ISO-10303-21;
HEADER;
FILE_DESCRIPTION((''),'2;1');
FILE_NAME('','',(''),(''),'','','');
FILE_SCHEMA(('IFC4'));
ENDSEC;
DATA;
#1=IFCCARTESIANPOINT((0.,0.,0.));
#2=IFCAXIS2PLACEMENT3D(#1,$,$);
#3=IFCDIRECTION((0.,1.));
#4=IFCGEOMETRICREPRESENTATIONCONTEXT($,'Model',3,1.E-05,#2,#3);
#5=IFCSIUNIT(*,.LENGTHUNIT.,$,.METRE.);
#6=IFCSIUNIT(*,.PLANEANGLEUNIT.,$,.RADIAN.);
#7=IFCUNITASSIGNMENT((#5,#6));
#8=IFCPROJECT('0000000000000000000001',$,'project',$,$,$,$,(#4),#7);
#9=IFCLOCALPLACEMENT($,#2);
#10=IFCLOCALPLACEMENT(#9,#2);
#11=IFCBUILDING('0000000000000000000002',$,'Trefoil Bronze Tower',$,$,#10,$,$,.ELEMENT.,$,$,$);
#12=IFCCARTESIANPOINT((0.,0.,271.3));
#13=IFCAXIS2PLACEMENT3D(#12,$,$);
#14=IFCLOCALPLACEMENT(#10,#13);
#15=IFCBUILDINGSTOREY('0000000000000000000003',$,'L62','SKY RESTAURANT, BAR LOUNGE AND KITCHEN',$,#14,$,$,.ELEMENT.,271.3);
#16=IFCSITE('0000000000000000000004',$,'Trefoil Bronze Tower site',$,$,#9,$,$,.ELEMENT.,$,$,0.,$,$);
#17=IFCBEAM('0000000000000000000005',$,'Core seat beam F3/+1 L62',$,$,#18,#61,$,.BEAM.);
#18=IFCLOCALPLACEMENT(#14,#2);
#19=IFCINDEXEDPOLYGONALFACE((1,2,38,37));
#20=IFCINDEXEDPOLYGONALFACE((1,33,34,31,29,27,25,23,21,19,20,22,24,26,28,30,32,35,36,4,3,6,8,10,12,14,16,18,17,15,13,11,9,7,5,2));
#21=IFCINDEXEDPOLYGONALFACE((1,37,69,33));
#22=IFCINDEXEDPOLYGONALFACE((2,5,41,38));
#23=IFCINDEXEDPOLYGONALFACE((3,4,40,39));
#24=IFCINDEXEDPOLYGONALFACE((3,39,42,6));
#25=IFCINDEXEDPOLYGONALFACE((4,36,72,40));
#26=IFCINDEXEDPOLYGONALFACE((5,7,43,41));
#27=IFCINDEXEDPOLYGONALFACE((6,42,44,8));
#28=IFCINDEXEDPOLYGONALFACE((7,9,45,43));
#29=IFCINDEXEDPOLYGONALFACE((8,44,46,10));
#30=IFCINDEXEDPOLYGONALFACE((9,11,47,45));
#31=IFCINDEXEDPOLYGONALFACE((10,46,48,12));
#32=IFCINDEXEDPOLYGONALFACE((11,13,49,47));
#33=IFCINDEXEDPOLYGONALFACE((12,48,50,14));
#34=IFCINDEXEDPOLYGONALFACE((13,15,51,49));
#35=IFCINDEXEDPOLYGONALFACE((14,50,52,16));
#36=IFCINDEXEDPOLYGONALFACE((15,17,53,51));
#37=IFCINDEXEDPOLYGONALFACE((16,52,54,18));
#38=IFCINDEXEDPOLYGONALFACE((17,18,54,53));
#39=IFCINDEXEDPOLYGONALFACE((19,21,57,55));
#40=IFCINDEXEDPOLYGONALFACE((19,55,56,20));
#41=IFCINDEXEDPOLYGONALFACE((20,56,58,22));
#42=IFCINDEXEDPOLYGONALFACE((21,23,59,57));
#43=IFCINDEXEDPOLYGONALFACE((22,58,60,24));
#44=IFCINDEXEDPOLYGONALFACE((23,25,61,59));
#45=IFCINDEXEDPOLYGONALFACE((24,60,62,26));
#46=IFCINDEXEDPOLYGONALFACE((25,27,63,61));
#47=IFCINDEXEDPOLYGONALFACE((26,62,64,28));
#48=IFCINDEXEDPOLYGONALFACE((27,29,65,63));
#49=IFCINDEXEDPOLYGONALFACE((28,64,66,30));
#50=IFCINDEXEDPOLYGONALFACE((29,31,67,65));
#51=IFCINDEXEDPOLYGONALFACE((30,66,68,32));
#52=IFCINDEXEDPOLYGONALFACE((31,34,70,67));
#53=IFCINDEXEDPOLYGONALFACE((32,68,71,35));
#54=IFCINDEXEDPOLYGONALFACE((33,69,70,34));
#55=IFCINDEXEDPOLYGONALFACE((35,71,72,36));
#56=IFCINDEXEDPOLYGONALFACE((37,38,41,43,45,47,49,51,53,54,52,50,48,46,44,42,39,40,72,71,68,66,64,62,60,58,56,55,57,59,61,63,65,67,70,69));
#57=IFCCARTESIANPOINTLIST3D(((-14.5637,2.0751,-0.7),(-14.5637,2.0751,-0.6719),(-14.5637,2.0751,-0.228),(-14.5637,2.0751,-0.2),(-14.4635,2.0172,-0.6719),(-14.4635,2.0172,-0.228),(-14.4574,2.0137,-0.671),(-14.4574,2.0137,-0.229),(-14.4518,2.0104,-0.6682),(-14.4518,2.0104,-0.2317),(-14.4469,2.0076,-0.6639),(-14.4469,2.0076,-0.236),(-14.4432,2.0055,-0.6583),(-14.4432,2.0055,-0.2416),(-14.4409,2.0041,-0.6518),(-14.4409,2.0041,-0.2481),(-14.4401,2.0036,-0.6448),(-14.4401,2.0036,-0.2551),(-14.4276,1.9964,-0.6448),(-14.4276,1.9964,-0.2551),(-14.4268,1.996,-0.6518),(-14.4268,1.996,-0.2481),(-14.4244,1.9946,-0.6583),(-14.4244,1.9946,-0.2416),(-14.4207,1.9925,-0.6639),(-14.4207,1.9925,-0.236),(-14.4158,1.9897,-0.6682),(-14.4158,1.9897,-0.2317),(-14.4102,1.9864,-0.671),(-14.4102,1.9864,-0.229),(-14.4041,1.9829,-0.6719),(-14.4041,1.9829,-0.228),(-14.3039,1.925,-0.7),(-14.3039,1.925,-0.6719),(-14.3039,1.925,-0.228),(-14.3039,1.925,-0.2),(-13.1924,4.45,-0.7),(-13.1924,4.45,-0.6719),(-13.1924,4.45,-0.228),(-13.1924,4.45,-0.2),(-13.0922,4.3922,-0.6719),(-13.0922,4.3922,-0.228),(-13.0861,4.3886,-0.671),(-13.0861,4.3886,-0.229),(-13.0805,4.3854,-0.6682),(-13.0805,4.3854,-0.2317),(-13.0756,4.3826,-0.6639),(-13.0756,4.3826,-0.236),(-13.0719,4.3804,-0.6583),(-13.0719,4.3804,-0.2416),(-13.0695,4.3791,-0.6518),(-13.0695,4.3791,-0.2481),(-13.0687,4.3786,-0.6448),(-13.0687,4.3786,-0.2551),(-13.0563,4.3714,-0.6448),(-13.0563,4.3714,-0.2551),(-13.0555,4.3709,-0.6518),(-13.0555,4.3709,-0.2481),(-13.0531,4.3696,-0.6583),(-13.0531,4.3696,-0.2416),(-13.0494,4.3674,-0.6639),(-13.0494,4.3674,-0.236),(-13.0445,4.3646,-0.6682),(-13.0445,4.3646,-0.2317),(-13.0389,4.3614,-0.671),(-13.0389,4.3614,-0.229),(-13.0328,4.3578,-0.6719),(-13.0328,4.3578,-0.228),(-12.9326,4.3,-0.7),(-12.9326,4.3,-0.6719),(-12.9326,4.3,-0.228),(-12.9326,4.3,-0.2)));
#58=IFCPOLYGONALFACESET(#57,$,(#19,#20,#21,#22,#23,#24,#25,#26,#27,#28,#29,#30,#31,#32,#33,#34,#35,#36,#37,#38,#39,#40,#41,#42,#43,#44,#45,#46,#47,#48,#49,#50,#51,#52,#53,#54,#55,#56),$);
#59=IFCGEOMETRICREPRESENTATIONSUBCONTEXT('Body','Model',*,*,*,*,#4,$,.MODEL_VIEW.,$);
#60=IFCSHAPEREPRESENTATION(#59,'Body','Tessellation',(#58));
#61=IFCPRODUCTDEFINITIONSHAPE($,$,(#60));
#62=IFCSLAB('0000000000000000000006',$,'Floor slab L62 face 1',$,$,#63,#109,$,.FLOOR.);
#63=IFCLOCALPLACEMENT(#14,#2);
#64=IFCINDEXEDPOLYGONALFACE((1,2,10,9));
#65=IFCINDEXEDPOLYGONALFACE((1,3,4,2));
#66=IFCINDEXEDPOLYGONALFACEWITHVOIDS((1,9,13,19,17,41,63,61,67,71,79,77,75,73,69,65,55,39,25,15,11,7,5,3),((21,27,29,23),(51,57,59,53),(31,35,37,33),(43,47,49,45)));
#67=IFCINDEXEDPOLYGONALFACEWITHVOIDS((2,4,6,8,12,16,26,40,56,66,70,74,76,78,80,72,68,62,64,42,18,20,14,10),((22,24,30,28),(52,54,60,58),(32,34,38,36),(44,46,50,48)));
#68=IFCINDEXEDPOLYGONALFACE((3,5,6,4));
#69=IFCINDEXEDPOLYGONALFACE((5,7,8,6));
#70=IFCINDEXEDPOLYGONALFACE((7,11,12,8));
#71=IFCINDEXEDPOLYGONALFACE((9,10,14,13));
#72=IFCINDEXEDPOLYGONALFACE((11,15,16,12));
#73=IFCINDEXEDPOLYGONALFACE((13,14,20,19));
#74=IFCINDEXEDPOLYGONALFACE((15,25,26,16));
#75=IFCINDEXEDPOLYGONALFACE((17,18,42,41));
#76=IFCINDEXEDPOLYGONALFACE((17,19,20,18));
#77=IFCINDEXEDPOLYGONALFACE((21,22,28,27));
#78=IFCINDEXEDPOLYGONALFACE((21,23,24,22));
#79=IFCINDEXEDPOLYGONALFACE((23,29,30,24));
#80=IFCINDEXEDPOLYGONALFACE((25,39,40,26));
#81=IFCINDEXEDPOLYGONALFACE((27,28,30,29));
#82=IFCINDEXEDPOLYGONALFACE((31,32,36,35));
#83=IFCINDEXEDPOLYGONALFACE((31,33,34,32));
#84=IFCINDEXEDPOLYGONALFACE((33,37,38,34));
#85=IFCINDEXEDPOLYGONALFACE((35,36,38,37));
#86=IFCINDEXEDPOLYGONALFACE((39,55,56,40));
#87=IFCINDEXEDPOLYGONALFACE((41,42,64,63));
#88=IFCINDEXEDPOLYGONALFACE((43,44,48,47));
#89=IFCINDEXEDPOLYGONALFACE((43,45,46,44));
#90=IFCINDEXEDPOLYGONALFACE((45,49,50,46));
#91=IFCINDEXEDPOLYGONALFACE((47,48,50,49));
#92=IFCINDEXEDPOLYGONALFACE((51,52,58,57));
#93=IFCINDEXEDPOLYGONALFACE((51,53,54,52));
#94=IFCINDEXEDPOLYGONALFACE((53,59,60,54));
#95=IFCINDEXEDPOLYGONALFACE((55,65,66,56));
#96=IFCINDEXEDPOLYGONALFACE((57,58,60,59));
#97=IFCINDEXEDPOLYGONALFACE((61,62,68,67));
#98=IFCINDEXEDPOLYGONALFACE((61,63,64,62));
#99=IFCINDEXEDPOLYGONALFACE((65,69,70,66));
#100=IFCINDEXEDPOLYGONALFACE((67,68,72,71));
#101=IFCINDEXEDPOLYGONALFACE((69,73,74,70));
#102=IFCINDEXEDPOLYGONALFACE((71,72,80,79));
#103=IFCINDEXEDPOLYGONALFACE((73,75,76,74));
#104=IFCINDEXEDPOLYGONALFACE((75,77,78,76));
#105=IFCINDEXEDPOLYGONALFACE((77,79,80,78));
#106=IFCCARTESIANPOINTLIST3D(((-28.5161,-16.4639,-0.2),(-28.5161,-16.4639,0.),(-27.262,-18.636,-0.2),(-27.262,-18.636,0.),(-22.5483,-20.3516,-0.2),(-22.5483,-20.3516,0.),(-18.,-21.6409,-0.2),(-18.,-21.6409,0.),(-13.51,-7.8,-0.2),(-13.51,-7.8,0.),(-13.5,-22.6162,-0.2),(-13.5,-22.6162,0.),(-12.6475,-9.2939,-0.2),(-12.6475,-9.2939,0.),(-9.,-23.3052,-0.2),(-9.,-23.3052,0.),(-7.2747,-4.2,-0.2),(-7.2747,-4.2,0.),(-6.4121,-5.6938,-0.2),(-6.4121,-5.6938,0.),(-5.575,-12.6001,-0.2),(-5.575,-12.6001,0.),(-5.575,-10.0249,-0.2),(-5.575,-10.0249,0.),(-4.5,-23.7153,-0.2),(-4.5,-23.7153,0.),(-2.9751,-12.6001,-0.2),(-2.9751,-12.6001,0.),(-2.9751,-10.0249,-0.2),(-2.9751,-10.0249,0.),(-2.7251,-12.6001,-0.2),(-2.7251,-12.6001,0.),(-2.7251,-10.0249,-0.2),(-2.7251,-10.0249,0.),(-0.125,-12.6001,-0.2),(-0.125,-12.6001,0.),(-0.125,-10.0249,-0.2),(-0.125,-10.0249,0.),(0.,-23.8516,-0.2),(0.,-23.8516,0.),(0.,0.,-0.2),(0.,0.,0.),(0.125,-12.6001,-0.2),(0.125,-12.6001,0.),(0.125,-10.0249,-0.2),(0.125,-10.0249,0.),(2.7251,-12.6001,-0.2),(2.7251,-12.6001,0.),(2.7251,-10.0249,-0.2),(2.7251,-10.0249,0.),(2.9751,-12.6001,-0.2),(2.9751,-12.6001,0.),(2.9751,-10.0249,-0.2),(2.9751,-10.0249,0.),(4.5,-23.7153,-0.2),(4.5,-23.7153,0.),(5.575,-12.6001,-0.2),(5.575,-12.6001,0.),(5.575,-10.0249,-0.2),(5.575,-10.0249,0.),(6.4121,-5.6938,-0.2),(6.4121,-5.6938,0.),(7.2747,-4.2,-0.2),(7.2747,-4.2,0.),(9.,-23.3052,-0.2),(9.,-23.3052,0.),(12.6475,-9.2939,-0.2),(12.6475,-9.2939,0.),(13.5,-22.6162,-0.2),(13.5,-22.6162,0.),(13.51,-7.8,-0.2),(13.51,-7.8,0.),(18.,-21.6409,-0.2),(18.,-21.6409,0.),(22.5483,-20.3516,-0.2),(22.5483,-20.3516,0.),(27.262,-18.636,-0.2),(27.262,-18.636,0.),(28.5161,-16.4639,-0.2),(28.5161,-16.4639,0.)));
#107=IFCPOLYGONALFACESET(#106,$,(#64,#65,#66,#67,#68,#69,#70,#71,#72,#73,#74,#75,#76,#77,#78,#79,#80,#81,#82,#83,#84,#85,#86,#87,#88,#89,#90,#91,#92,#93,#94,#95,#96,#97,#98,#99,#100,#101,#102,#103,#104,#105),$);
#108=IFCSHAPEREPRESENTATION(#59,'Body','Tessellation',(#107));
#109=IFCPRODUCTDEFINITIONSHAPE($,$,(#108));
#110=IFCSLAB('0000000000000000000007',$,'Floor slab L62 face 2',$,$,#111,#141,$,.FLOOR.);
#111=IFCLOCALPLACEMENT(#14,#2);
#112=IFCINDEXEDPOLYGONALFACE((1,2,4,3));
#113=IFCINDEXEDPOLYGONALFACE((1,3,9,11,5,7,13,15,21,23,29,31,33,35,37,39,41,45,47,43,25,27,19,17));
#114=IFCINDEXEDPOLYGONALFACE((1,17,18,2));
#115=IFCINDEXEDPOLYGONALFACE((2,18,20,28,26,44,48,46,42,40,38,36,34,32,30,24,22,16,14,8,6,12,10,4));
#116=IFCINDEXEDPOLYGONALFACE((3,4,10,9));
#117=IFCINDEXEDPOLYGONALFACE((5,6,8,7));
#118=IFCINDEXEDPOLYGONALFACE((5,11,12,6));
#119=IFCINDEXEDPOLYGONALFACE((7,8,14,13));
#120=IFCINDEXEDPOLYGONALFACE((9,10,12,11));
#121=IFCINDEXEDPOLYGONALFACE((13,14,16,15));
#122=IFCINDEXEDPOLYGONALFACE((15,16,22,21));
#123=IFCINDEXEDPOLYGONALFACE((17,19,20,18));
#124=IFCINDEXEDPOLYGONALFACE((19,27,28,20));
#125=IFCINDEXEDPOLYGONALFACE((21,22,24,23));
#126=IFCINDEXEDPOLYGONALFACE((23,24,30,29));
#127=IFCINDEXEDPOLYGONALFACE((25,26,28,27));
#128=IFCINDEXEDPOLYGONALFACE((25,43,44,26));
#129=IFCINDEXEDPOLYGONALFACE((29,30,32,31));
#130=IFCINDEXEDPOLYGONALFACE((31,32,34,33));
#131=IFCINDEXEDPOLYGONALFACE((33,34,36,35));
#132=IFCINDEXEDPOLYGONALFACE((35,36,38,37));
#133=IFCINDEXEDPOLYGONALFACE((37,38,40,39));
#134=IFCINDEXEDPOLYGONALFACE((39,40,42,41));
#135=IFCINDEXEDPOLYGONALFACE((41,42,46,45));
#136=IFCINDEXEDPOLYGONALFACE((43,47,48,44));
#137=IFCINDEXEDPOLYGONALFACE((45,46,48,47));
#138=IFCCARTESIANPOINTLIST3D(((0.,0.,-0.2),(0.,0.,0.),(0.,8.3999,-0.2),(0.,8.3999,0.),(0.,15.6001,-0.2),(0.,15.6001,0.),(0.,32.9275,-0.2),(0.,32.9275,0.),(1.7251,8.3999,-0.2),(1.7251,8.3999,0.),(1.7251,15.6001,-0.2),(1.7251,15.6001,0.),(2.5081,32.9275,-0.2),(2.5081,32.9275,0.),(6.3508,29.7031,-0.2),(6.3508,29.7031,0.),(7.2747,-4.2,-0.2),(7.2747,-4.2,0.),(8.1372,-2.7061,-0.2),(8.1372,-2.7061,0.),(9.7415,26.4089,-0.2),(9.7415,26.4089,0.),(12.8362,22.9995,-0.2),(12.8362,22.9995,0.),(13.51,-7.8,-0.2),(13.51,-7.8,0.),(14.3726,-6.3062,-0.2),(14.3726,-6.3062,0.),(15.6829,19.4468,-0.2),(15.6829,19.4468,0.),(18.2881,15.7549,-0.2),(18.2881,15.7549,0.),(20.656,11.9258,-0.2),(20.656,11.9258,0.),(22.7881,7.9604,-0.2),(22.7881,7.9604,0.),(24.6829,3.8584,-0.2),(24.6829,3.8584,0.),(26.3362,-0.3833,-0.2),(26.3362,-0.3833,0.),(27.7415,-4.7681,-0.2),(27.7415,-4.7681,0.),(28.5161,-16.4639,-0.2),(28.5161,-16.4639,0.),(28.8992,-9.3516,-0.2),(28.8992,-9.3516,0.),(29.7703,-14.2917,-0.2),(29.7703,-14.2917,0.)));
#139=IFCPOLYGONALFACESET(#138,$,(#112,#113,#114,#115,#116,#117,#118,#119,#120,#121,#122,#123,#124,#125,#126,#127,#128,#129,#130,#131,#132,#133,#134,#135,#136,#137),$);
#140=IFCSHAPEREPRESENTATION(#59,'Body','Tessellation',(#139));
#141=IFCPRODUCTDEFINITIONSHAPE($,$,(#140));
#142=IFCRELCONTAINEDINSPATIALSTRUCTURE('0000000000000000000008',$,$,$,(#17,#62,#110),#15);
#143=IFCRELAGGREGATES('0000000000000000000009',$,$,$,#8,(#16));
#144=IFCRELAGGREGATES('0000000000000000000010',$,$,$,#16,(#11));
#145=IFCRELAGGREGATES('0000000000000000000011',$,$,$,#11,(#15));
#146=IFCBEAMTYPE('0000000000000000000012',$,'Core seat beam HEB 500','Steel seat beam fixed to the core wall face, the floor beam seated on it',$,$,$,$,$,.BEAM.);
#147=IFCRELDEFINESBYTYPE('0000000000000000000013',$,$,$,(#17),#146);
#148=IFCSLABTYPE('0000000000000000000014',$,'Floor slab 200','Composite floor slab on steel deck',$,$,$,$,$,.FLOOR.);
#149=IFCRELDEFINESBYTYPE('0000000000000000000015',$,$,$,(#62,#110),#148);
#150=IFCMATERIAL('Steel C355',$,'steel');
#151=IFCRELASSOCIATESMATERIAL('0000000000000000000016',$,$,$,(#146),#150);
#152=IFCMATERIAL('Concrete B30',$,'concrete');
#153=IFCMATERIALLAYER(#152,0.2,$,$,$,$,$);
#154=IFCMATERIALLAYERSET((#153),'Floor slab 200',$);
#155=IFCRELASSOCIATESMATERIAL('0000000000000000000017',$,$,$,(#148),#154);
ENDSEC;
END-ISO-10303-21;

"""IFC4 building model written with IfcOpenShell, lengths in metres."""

from ifc_helpers import new_model, si_unit, direction, frame, origin, origin_2d, place, context, subcontext, project, spatial, polyline, i_section, outline, extrude, material, layer, layer_set, material_profile, profile_set, type_object, element, save


model = new_model("IFC4")

# Units and contexts
model_context = context("Model", 3, precision=1e-05, world=origin(), true_north=direction((0.0, 1.0)))
body_context = subcontext(model_context, "Body", "Model", "MODEL_VIEW")
ifc_project = project(units=[si_unit("LENGTHUNIT", "METRE"), si_unit("PLANEANGLEUNIT", "RADIAN")], contexts=[model_context])

# Site, building, storey
site_placement = place(None, origin())
site = spatial("IfcSite", under=ifc_project, at=site_placement, Name="Trefoil Bronze Tower site", CompositionType="ELEMENT", RefElevation=0.0)
building_placement = place(site_placement, origin())
building = spatial("IfcBuilding", under=site, at=building_placement, Name="Trefoil Bronze Tower", CompositionType="ELEMENT")
storey_placement = place(building_placement, frame((0.0, 0.0, 271.3)))
storey = spatial("IfcBuildingStorey", under=building, at=storey_placement, Name="L62", Description="SKY RESTAURANT, BAR LOUNGE AND KITCHEN", CompositionType="ELEMENT", Elevation=271.3)

# Beam
ifc_material_1 = material(Name="Steel C355", Category="steel")
ifc_material_profile = material_profile(ifc_material_1, i_section(OverallWidth=0.3, OverallDepth=0.5, WebThickness=0.0144, FlangeThickness=0.0281, FilletRadius=0.0271, at=origin_2d()), Name="HEB 500")
ifc_profile_set = profile_set([ifc_material_profile], Name="Steel C355")
beam_type = type_object("IfcBeamType", Name="Core seat beam HEB 500", Description="Steel seat beam fixed to the core wall face, the floor beam seated on it", PredefinedType="BEAM", material=ifc_profile_set)
beam_placement = place(storey_placement, frame((-13.0625, 4.375, -0.45), z_axis=(-0.500036, -0.866005, 0.0), x_axis=(0.866005, -0.500036, 0.0)))
element("IfcBeam", 1, at=beam_placement, inside=storey, type_object=beam_type, Name="Core seat beam F3/+1 L62", PredefinedType="BEAM", context=body_context, shape_type="SweptSolid", body=[
    extrude(i_section(OverallWidth=0.3, OverallDepth=0.5, WebThickness=0.0144, FlangeThickness=0.0281, FilletRadius=0.0271, at=origin_2d()), origin(), (0.0, 0.0, 1.0), 2.7424),
])

# Slabs
ifc_material_2 = material(Name="Concrete B30", Category="concrete")
ifc_layer_1 = layer(ifc_material_2, 0.2)
ifc_layer_set_1 = layer_set([ifc_layer_1], Name="Floor slab 200")
slab_type_1 = type_object("IfcSlabType", Name="Floor slab 200", Description="Composite floor slab on steel deck", PredefinedType="FLOOR", material=ifc_layer_set_1)
slab_1_placement = place(storey_placement, frame((0.0, 0.0, -0.2)))
element("IfcSlab", 2, at=slab_1_placement, inside=storey, type_object=slab_type_1, Name="Floor slab L62 face 1", PredefinedType="FLOOR", context=body_context, shape_type="SweptSolid", body=[
    extrude(outline(polyline([(13.5, -22.6162), (9.0, -23.3052), (4.5, -23.7153), (0.0, -23.8516), (-4.5, -23.7153), (-9.0, -23.3052), (-13.5, -22.6162), (-18.0, -21.6409), (-22.5483, -20.3516), (-27.262, -18.636), (-28.5161, -16.4639), (-13.51, -7.8), (-12.6475, -9.2939), (-6.4121, -5.6938), (-7.2747, -4.2), (0.0, 0.0), (7.2747, -4.2), (6.4121, -5.6938), (12.6475, -9.2939), (13.51, -7.8), (28.5161, -16.4639), (27.262, -18.636), (22.5483, -20.3516), (18.0, -21.6409), (13.5, -22.6162)]), holes=[polyline([(-5.575, -10.0249), (-2.9751, -10.0249), (-2.9751, -12.6001), (-5.575, -12.6001), (-5.575, -10.0249)]), polyline([(-2.7251, -10.0249), (-0.125, -10.0249), (-0.125, -12.6001), (-2.7251, -12.6001), (-2.7251, -10.0249)]), polyline([(0.125, -10.0249), (2.7251, -10.0249), (2.7251, -12.6001), (0.125, -12.6001), (0.125, -10.0249)]), polyline([(2.9751, -10.0249), (5.575, -10.0249), (5.575, -12.6001), (2.9751, -12.6001), (2.9751, -10.0249)])]), origin(), (0.0, 0.0, 1.0), 0.2),
])
slab_2_placement = place(storey_placement, frame((0.0, 0.0, -0.2)))
element("IfcSlab", 3, at=slab_2_placement, inside=storey, type_object=slab_type_1, Name="Floor slab L62 face 2", PredefinedType="FLOOR", context=body_context, shape_type="SweptSolid", body=[
    extrude(outline(polyline([(12.8362, 22.9995), (15.6829, 19.4468), (18.2881, 15.7549), (20.656, 11.9258), (22.7881, 7.9604), (24.6829, 3.8584), (26.3362, -0.3833), (27.7415, -4.7681), (28.8992, -9.3516), (29.7703, -14.2917), (28.5161, -16.4639), (13.51, -7.8), (14.3726, -6.3062), (8.1372, -2.7061), (7.2747, -4.2), (0.0, 0.0), (0.0, 8.3999), (1.7251, 8.3999), (1.7251, 15.6001), (0.0, 15.6001), (0.0, 32.9275), (2.5081, 32.9275), (6.3508, 29.7031), (9.7415, 26.4089), (12.8362, 22.9995)])), origin(), (0.0, 0.0, 1.0), 0.2),
])

save(model, "model.ifc")
